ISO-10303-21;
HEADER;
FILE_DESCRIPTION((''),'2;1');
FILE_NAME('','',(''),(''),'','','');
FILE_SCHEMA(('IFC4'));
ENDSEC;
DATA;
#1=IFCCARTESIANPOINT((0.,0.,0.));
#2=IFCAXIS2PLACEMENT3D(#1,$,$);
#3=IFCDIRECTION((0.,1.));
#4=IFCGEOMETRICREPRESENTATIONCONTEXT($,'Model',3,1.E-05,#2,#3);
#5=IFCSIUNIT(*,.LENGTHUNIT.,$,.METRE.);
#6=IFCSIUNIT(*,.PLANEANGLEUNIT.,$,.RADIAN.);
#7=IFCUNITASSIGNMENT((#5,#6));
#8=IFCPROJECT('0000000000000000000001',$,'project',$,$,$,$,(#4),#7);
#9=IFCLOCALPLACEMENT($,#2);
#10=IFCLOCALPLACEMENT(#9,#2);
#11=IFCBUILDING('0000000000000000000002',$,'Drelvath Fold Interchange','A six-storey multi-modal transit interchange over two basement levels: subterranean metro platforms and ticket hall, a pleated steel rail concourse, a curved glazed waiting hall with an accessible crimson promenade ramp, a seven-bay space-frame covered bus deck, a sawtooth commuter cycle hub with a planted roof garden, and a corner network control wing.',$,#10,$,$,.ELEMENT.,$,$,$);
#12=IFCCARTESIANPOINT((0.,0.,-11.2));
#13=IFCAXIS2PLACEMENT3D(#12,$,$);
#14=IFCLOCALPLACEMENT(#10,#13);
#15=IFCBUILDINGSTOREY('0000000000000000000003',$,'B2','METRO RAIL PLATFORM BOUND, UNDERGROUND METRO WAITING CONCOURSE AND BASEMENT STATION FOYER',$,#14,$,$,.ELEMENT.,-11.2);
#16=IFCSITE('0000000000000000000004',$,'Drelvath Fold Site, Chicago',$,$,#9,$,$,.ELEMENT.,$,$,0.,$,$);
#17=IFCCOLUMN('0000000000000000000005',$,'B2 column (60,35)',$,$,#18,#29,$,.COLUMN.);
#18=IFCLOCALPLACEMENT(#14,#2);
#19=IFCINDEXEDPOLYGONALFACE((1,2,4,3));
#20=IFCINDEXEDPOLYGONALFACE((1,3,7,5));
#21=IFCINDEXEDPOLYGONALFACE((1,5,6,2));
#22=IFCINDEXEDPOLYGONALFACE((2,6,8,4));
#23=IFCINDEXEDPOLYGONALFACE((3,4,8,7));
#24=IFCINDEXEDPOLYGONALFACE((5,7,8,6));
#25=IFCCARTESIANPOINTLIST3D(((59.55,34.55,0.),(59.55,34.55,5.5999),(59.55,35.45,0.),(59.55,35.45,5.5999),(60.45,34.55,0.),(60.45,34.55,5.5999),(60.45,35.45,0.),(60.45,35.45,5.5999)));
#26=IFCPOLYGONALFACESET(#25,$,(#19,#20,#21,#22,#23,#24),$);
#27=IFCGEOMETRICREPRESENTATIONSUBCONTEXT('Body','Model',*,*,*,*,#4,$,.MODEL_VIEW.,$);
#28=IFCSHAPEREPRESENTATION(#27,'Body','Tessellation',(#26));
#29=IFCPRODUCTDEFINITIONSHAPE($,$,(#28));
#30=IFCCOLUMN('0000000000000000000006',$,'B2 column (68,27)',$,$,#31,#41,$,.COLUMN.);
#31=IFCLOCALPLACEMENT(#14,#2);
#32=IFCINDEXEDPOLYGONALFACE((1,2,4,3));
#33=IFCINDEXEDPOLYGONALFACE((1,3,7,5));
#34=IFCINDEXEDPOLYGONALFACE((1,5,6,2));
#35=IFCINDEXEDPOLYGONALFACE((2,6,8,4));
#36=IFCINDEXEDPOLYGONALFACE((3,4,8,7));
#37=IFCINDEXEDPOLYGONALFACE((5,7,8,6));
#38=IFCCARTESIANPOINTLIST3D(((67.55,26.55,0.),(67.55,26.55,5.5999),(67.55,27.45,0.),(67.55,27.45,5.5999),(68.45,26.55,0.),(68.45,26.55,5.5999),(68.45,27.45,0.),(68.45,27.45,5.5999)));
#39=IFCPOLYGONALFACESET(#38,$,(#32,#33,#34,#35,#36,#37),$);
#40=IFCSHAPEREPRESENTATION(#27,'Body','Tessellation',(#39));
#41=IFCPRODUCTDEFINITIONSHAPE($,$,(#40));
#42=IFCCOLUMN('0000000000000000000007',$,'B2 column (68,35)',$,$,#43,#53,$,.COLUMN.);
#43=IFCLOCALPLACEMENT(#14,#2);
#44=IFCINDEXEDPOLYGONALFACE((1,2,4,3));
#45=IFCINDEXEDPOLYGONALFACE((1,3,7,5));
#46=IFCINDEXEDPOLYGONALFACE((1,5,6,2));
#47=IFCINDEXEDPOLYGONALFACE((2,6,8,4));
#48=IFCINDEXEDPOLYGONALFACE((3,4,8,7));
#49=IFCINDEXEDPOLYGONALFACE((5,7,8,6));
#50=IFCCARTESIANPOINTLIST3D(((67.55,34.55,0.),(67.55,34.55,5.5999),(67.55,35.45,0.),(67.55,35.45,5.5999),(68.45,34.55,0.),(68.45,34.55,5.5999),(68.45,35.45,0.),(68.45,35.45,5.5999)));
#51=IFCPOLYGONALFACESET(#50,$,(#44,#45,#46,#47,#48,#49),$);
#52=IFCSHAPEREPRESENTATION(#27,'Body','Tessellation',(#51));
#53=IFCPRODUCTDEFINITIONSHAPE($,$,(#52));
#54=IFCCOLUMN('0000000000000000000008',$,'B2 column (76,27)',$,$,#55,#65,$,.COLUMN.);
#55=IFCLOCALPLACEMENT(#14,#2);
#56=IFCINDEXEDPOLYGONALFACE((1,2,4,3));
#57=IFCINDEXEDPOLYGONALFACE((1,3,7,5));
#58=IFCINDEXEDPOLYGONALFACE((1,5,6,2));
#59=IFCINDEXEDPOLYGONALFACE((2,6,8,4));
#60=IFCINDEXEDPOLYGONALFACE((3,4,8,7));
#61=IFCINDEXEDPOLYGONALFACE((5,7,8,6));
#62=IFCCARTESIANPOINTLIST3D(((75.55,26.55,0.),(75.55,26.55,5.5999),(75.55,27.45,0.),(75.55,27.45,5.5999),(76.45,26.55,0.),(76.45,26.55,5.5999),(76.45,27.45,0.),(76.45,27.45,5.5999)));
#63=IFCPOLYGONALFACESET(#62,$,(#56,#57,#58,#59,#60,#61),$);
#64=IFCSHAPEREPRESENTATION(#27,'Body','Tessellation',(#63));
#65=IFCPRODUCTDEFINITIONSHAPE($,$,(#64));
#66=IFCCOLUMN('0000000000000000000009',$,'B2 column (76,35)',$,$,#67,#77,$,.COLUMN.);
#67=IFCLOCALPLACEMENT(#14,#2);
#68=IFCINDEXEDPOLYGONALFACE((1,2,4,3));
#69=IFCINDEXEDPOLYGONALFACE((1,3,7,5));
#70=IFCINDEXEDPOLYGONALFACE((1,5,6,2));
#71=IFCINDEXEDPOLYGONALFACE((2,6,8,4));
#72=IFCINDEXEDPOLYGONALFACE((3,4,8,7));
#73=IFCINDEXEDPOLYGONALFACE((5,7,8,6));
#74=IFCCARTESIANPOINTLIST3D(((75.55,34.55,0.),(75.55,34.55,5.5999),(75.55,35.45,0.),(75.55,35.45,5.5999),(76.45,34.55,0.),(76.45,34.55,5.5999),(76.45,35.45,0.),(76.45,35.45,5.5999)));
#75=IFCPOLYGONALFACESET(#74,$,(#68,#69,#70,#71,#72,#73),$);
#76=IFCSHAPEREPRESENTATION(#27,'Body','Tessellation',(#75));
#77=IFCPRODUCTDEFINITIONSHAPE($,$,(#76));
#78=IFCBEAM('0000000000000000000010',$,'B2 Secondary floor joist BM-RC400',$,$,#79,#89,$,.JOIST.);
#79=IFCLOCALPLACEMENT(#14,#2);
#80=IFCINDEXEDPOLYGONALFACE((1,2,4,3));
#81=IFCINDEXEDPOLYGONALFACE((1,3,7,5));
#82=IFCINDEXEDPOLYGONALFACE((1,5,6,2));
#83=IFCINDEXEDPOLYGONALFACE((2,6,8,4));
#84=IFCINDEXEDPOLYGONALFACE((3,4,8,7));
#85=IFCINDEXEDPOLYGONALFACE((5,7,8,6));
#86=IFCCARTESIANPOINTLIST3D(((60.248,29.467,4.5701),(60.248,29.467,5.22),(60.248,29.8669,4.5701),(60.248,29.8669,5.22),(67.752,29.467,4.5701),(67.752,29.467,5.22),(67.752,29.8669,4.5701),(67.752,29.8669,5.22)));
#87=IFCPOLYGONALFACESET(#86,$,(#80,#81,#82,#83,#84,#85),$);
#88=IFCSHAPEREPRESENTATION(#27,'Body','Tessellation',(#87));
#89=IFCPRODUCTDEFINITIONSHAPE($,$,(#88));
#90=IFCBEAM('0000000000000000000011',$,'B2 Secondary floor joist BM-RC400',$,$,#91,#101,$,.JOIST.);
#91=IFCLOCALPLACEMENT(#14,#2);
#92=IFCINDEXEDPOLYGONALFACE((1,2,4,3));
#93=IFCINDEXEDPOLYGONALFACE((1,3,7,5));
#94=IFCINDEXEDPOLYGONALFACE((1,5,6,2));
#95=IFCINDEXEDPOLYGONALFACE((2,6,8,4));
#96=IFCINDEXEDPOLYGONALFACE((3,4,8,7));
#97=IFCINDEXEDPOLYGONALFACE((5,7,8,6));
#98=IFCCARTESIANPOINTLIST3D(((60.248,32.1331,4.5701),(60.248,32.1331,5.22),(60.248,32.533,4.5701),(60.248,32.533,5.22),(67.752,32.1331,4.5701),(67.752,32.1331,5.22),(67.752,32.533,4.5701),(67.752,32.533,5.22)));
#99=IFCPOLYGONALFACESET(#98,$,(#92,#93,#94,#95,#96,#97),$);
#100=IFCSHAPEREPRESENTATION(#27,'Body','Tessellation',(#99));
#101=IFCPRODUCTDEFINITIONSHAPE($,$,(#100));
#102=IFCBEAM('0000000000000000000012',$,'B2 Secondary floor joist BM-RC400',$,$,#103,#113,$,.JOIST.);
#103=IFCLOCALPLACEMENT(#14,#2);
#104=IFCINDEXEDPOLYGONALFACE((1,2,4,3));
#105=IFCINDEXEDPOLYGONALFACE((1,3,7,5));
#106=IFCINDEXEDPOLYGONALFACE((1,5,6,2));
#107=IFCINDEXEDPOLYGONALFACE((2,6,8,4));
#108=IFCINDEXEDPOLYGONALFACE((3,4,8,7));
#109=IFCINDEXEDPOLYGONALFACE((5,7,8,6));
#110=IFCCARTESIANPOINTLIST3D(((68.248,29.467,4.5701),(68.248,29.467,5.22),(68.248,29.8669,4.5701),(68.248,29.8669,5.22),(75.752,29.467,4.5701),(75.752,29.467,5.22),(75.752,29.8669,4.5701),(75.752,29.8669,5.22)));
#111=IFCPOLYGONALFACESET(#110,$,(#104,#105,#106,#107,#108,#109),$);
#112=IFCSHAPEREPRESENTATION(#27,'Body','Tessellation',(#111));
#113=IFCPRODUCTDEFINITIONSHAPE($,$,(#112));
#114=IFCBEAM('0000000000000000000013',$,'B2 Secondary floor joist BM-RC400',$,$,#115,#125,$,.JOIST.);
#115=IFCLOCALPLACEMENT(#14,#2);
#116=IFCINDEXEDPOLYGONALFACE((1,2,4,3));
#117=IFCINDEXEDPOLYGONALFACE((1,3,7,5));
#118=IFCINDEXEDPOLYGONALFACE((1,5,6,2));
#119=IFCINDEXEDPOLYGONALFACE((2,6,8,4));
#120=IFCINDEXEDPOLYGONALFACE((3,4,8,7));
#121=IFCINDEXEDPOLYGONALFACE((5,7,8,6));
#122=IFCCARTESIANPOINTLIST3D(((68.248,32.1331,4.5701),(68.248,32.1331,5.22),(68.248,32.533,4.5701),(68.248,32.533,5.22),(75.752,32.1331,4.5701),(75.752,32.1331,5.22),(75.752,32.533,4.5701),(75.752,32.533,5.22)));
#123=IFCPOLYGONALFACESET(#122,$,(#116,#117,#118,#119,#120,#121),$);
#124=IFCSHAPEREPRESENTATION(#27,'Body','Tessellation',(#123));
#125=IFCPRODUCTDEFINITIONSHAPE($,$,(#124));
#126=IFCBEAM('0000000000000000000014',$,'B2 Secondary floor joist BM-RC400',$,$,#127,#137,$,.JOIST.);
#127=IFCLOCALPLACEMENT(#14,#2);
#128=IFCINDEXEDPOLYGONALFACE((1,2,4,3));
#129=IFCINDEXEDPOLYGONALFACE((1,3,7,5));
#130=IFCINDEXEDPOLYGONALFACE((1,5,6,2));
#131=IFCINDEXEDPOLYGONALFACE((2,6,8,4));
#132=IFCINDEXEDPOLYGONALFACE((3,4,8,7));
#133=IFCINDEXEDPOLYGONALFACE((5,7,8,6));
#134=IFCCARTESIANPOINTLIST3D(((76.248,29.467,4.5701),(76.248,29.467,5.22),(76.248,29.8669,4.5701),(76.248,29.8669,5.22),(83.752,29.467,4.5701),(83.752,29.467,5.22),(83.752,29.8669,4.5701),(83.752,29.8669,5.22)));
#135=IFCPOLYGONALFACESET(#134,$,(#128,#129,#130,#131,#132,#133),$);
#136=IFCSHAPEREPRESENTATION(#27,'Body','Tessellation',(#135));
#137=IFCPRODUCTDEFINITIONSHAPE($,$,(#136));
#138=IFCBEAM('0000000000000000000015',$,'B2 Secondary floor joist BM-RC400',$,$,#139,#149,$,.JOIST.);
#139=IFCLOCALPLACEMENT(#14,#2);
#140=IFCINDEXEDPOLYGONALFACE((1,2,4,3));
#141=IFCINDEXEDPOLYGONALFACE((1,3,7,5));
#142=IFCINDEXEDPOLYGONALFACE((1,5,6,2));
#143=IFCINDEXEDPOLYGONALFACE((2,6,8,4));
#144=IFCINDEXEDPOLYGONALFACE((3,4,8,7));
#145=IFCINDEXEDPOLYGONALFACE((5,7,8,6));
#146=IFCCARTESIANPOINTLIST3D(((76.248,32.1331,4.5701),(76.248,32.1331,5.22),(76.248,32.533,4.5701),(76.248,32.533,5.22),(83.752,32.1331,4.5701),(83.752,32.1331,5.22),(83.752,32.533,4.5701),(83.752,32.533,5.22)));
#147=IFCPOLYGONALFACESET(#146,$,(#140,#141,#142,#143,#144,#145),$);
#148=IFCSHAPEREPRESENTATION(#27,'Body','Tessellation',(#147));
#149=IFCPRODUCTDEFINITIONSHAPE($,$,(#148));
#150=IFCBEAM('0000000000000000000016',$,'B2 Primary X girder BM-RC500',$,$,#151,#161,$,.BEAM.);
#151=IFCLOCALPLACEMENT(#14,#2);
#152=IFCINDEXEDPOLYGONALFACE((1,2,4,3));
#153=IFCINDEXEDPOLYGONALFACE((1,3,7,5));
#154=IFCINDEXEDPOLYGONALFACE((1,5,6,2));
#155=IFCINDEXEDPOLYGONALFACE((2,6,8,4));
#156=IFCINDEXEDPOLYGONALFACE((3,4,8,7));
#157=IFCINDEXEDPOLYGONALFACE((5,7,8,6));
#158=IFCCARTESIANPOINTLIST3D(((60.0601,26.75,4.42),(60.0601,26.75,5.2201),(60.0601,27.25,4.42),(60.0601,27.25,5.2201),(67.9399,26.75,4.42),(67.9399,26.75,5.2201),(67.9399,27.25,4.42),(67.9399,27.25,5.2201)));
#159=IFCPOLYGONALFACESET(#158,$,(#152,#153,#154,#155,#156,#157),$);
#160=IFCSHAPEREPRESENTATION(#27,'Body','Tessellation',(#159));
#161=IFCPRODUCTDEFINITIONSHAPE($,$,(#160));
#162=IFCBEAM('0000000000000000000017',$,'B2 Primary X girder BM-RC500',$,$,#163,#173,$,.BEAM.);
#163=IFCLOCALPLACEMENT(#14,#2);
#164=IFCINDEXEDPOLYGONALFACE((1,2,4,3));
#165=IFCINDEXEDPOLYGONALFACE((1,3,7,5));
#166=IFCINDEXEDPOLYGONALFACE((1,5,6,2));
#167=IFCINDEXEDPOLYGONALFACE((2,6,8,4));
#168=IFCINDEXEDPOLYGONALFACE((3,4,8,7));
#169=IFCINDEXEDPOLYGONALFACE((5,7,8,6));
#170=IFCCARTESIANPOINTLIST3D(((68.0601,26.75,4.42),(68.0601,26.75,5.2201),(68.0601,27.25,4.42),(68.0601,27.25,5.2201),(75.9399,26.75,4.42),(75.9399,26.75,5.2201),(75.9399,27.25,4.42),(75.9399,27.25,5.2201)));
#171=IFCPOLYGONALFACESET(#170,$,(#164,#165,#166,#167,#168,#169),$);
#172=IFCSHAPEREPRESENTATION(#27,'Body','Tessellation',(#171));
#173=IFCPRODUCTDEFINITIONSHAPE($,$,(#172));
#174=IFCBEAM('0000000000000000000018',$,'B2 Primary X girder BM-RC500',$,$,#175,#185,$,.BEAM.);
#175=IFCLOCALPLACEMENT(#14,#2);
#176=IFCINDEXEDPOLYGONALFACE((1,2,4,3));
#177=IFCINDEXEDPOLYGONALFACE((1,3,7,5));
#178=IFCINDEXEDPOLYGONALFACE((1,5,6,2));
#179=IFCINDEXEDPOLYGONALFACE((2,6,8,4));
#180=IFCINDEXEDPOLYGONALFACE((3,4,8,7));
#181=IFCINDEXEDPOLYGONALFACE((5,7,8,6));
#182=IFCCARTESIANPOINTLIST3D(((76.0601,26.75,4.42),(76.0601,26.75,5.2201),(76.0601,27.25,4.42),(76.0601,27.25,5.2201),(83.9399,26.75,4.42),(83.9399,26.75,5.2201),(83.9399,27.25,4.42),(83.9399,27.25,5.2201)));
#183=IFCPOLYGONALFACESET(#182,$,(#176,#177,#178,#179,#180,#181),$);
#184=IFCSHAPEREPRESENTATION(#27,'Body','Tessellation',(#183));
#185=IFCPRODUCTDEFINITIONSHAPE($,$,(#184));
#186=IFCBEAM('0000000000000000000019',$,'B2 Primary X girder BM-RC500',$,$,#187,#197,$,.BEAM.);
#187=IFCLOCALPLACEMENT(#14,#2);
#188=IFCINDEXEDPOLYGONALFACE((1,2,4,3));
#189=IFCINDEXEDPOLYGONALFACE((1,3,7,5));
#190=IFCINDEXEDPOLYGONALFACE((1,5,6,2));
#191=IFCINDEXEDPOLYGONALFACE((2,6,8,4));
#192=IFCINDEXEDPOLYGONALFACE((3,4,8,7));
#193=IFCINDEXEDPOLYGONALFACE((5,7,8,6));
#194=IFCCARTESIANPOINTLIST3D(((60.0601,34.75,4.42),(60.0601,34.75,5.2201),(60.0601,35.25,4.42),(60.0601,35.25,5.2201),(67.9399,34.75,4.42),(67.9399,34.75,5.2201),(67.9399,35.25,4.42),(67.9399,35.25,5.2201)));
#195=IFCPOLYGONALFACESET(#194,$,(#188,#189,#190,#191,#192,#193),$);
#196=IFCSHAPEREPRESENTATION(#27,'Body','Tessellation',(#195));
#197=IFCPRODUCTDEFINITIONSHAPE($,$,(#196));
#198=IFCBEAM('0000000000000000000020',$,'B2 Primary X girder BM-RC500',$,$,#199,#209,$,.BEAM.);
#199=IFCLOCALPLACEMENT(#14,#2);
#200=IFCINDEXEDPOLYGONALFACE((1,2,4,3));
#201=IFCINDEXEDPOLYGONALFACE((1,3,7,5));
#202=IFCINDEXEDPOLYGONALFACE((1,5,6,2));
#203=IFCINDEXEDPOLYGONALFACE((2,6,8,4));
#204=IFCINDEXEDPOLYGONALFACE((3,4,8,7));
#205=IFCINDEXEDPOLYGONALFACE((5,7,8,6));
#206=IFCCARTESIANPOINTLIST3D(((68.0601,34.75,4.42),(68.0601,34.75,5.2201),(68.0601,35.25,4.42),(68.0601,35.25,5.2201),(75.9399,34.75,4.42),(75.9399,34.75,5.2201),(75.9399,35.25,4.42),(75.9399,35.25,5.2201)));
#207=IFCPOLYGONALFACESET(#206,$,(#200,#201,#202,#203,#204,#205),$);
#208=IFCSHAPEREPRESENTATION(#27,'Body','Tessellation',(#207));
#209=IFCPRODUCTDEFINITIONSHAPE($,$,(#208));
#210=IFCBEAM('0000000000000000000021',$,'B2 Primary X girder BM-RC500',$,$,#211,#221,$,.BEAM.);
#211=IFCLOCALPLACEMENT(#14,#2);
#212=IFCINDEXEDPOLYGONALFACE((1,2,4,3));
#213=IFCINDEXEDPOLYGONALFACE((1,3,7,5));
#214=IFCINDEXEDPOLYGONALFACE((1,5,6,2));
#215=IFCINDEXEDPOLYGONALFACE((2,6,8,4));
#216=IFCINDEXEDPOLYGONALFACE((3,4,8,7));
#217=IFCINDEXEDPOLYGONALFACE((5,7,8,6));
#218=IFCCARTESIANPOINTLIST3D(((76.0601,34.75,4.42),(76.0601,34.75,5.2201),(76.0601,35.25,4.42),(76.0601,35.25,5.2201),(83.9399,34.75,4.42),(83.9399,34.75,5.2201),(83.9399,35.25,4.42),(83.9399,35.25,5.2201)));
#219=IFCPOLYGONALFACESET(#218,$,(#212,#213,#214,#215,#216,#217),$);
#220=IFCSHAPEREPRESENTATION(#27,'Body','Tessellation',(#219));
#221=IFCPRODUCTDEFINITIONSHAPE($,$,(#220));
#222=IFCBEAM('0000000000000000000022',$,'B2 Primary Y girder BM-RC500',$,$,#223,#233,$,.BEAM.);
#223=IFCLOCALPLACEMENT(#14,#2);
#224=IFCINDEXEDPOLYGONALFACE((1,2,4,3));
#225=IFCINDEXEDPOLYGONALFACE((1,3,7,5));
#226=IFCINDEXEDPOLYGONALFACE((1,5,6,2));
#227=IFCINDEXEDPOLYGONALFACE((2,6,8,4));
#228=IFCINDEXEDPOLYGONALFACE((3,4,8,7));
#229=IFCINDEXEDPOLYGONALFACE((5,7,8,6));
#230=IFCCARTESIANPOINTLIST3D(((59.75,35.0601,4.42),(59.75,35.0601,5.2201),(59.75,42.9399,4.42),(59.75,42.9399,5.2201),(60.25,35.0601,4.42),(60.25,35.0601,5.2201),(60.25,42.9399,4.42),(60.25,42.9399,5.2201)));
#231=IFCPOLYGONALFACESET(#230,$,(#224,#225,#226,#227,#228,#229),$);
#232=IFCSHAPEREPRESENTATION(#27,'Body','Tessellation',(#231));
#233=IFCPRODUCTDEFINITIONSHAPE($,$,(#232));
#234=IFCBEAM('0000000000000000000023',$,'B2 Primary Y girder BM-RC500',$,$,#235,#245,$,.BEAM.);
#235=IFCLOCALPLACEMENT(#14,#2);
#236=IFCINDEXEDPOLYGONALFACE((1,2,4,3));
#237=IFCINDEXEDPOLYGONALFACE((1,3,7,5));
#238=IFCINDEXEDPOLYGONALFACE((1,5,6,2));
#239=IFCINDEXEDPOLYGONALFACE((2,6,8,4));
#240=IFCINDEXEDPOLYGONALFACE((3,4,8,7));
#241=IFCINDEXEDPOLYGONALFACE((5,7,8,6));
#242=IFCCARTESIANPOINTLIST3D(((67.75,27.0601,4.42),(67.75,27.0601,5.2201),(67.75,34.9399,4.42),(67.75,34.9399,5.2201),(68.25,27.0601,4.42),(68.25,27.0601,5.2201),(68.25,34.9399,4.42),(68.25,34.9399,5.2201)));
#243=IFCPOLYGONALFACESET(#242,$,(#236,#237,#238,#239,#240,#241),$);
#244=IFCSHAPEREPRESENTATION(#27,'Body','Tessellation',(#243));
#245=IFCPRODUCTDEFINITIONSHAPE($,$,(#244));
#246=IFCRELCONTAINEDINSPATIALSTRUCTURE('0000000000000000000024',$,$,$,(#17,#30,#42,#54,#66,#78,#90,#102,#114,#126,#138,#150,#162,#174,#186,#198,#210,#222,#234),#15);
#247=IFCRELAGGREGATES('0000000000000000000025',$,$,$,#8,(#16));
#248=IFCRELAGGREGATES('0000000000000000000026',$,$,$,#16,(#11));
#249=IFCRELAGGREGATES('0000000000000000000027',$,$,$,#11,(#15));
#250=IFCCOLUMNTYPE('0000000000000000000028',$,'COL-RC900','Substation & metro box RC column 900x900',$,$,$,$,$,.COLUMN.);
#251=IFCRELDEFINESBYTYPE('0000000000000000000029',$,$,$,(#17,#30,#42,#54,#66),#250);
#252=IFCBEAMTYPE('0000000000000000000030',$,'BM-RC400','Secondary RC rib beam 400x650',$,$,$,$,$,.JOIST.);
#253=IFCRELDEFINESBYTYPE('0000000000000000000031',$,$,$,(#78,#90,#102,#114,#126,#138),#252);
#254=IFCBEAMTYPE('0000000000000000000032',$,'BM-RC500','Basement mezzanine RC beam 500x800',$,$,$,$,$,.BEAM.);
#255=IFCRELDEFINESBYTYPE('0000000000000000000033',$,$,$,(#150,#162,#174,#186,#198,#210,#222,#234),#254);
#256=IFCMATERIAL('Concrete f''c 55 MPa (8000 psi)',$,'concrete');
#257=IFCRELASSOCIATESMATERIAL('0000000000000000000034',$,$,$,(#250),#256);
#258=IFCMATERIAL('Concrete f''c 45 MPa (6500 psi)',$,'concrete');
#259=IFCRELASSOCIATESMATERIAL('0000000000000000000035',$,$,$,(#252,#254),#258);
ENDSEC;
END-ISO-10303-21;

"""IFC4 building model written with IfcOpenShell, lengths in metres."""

from ifc_helpers import new_model, si_unit, direction, frame, origin, origin_2d, place, context, subcontext, project, spatial, rectangle, extrude, material, material_profile, profile_set, type_object, element, save


model = new_model("IFC4")

# Units and contexts
model_context = context("Model", 3, precision=1e-05, world=origin(), true_north=direction((0.0, 1.0)))
body_context = subcontext(model_context, "Body", "Model", "MODEL_VIEW")
ifc_project = project(units=[si_unit("LENGTHUNIT", "METRE"), si_unit("PLANEANGLEUNIT", "RADIAN")], contexts=[model_context])

# Site, building, storey
site_placement = place(None, origin())
site = spatial("IfcSite", under=ifc_project, at=site_placement, Name="Drelvath Fold Site, Chicago", CompositionType="ELEMENT", RefElevation=0.0)
building_placement = place(site_placement, origin())
building = spatial("IfcBuilding", under=site, at=building_placement, Name="Drelvath Fold Interchange", Description="A six-storey multi-modal transit interchange over two basement levels: subterranean metro platforms and ticket hall, a pleated steel rail concourse, a curved glazed waiting hall with an accessible crimson promenade ramp, a seven-bay space-frame covered bus deck, a sawtooth commuter cycle hub with a planted roof garden, and a corner network control wing.", CompositionType="ELEMENT")
storey_placement = place(building_placement, frame((0.0, 0.0, -11.2)))
storey = spatial("IfcBuildingStorey", under=building, at=storey_placement, Name="B2", Description="METRO RAIL PLATFORM BOUND, UNDERGROUND METRO WAITING CONCOURSE AND BASEMENT STATION FOYER", CompositionType="ELEMENT", Elevation=-11.2)

# Shared definitions
ifc_material_1 = material(Name="Concrete f'c 55 MPa (8000 psi)", Category="concrete")

# Columns
ifc_material_profile_1 = material_profile(ifc_material_1, rectangle(XDim=0.8999, YDim=0.8999, at=origin_2d()), Name="RC 900x900")
ifc_profile_set_1 = profile_set([ifc_material_profile_1], Name="Concrete f'c 55 MPa (8000 psi)")
column_type = type_object("IfcColumnType", Name="COL-RC900", Description="Substation & metro box RC column 900x900", PredefinedType="COLUMN", material=ifc_profile_set_1)
for number, where, z_axis, x_axis, name in (
    (1, (60.0, 35.0, 0.0), (0.0, 0.0, 1.0), (1.0, 0.0, 0.0), "B2 column (60,35)"),
    (2, (68.0, 27.0, 0.0), (0.0, 0.0, 1.0), (1.0, 0.0, 0.0), "B2 column (68,27)"),
    (3, (68.0, 35.0, 0.0), (0.0, 0.0, 1.0), (1.0, 0.0, 0.0), "B2 column (68,35)"),
    (4, (76.0, 27.0, 0.0), (0.0, 0.0, 1.0), (1.0, 0.0, 0.0), "B2 column (76,27)"),
    (5, (76.0, 35.0, 0.0), (0.0, 0.0, 1.0), (1.0, 0.0, 0.0), "B2 column (76,35)"),
):
    element("IfcColumn", number, at=place(storey_placement, frame(where, z_axis=z_axis, x_axis=x_axis)), inside=storey, type_object=column_type, Name=name, PredefinedType="COLUMN", context=body_context, shape_type="SweptSolid", body=[
        extrude(rectangle(XDim=0.8999, YDim=0.8999, at=origin_2d()), origin(), (0.0, 0.0, 1.0), 5.5999),
    ])

# Beams
ifc_material_2 = material(Name="Concrete f'c 45 MPa (6500 psi)", Category="concrete")
ifc_material_profile_2 = material_profile(ifc_material_2, rectangle(XDim=0.3999, YDim=0.6499, at=origin_2d()), Name="RC 400x650")
ifc_profile_set_2 = profile_set([ifc_material_profile_2], Name="Concrete f'c 45 MPa (6500 psi)")
beam_type_1 = type_object("IfcBeamType", Name="BM-RC400", Description="Secondary RC rib beam 400x650", PredefinedType="JOIST", material=ifc_profile_set_2)
for number, where, z_axis, x_axis, name in (
    (6, (60.248, 29.667, 4.895), (1.0, 0.0, 0.0), (0.0, 1.0, 0.0), "B2 Secondary floor joist BM-RC400"),
    (7, (60.248, 32.333, 4.895), (1.0, 0.0, 0.0), (0.0, 1.0, 0.0), "B2 Secondary floor joist BM-RC400"),
    (8, (68.248, 29.667, 4.895), (1.0, 0.0, 0.0), (0.0, 1.0, 0.0), "B2 Secondary floor joist BM-RC400"),
    (9, (68.248, 32.333, 4.895), (1.0, 0.0, 0.0), (0.0, 1.0, 0.0), "B2 Secondary floor joist BM-RC400"),
    (10, (76.248, 29.667, 4.895), (1.0, 0.0, 0.0), (0.0, 1.0, 0.0), "B2 Secondary floor joist BM-RC400"),
    (11, (76.248, 32.333, 4.895), (1.0, 0.0, 0.0), (0.0, 1.0, 0.0), "B2 Secondary floor joist BM-RC400"),
):
    element("IfcBeam", number, at=place(storey_placement, frame(where, z_axis=z_axis, x_axis=x_axis)), inside=storey, type_object=beam_type_1, Name=name, PredefinedType="JOIST", context=body_context, shape_type="SweptSolid", body=[
        extrude(rectangle(XDim=0.3999, YDim=0.6499, at=origin_2d()), origin(), (0.0, 0.0, 1.0), 7.5039),
    ])
ifc_material_profile_3 = material_profile(ifc_material_2, rectangle(XDim=0.5, YDim=0.8, at=origin_2d()), Name="RC 500x800")
ifc_profile_set_3 = profile_set([ifc_material_profile_3], Name="Concrete f'c 45 MPa (6500 psi)")
beam_type_2 = type_object("IfcBeamType", Name="BM-RC500", Description="Basement mezzanine RC beam 500x800", PredefinedType="BEAM", material=ifc_profile_set_3)
for number, where, z_axis, x_axis, name in (
    (12, (60.0601, 27.0, 4.8201), (1.0, 0.0, 0.0), (0.0, 1.0, 0.0), "B2 Primary X girder BM-RC500"),
    (13, (68.0601, 27.0, 4.8201), (1.0, 0.0, 0.0), (0.0, 1.0, 0.0), "B2 Primary X girder BM-RC500"),
    (14, (76.0601, 27.0, 4.8201), (1.0, 0.0, 0.0), (0.0, 1.0, 0.0), "B2 Primary X girder BM-RC500"),
    (15, (60.0601, 35.0, 4.8201), (1.0, 0.0, 0.0), (0.0, 1.0, 0.0), "B2 Primary X girder BM-RC500"),
    (16, (68.0601, 35.0, 4.8201), (1.0, 0.0, 0.0), (0.0, 1.0, 0.0), "B2 Primary X girder BM-RC500"),
    (17, (76.0601, 35.0, 4.8201), (1.0, 0.0, 0.0), (0.0, 1.0, 0.0), "B2 Primary X girder BM-RC500"),
    (18, (60.0, 35.0601, 4.8201), (0.0, 1.0, 0.0), (-1.0, 0.0, 0.0), "B2 Primary Y girder BM-RC500"),
    (19, (68.0, 27.0601, 4.8201), (0.0, 1.0, 0.0), (-1.0, 0.0, 0.0), "B2 Primary Y girder BM-RC500"),
):
    element("IfcBeam", number, at=place(storey_placement, frame(where, z_axis=z_axis, x_axis=x_axis)), inside=storey, type_object=beam_type_2, Name=name, PredefinedType="BEAM", context=body_context, shape_type="SweptSolid", body=[
        extrude(rectangle(XDim=0.5, YDim=0.8, at=origin_2d()), origin(), (0.0, 0.0, 1.0), 7.8799),
    ])

save(model, "model.ifc")
